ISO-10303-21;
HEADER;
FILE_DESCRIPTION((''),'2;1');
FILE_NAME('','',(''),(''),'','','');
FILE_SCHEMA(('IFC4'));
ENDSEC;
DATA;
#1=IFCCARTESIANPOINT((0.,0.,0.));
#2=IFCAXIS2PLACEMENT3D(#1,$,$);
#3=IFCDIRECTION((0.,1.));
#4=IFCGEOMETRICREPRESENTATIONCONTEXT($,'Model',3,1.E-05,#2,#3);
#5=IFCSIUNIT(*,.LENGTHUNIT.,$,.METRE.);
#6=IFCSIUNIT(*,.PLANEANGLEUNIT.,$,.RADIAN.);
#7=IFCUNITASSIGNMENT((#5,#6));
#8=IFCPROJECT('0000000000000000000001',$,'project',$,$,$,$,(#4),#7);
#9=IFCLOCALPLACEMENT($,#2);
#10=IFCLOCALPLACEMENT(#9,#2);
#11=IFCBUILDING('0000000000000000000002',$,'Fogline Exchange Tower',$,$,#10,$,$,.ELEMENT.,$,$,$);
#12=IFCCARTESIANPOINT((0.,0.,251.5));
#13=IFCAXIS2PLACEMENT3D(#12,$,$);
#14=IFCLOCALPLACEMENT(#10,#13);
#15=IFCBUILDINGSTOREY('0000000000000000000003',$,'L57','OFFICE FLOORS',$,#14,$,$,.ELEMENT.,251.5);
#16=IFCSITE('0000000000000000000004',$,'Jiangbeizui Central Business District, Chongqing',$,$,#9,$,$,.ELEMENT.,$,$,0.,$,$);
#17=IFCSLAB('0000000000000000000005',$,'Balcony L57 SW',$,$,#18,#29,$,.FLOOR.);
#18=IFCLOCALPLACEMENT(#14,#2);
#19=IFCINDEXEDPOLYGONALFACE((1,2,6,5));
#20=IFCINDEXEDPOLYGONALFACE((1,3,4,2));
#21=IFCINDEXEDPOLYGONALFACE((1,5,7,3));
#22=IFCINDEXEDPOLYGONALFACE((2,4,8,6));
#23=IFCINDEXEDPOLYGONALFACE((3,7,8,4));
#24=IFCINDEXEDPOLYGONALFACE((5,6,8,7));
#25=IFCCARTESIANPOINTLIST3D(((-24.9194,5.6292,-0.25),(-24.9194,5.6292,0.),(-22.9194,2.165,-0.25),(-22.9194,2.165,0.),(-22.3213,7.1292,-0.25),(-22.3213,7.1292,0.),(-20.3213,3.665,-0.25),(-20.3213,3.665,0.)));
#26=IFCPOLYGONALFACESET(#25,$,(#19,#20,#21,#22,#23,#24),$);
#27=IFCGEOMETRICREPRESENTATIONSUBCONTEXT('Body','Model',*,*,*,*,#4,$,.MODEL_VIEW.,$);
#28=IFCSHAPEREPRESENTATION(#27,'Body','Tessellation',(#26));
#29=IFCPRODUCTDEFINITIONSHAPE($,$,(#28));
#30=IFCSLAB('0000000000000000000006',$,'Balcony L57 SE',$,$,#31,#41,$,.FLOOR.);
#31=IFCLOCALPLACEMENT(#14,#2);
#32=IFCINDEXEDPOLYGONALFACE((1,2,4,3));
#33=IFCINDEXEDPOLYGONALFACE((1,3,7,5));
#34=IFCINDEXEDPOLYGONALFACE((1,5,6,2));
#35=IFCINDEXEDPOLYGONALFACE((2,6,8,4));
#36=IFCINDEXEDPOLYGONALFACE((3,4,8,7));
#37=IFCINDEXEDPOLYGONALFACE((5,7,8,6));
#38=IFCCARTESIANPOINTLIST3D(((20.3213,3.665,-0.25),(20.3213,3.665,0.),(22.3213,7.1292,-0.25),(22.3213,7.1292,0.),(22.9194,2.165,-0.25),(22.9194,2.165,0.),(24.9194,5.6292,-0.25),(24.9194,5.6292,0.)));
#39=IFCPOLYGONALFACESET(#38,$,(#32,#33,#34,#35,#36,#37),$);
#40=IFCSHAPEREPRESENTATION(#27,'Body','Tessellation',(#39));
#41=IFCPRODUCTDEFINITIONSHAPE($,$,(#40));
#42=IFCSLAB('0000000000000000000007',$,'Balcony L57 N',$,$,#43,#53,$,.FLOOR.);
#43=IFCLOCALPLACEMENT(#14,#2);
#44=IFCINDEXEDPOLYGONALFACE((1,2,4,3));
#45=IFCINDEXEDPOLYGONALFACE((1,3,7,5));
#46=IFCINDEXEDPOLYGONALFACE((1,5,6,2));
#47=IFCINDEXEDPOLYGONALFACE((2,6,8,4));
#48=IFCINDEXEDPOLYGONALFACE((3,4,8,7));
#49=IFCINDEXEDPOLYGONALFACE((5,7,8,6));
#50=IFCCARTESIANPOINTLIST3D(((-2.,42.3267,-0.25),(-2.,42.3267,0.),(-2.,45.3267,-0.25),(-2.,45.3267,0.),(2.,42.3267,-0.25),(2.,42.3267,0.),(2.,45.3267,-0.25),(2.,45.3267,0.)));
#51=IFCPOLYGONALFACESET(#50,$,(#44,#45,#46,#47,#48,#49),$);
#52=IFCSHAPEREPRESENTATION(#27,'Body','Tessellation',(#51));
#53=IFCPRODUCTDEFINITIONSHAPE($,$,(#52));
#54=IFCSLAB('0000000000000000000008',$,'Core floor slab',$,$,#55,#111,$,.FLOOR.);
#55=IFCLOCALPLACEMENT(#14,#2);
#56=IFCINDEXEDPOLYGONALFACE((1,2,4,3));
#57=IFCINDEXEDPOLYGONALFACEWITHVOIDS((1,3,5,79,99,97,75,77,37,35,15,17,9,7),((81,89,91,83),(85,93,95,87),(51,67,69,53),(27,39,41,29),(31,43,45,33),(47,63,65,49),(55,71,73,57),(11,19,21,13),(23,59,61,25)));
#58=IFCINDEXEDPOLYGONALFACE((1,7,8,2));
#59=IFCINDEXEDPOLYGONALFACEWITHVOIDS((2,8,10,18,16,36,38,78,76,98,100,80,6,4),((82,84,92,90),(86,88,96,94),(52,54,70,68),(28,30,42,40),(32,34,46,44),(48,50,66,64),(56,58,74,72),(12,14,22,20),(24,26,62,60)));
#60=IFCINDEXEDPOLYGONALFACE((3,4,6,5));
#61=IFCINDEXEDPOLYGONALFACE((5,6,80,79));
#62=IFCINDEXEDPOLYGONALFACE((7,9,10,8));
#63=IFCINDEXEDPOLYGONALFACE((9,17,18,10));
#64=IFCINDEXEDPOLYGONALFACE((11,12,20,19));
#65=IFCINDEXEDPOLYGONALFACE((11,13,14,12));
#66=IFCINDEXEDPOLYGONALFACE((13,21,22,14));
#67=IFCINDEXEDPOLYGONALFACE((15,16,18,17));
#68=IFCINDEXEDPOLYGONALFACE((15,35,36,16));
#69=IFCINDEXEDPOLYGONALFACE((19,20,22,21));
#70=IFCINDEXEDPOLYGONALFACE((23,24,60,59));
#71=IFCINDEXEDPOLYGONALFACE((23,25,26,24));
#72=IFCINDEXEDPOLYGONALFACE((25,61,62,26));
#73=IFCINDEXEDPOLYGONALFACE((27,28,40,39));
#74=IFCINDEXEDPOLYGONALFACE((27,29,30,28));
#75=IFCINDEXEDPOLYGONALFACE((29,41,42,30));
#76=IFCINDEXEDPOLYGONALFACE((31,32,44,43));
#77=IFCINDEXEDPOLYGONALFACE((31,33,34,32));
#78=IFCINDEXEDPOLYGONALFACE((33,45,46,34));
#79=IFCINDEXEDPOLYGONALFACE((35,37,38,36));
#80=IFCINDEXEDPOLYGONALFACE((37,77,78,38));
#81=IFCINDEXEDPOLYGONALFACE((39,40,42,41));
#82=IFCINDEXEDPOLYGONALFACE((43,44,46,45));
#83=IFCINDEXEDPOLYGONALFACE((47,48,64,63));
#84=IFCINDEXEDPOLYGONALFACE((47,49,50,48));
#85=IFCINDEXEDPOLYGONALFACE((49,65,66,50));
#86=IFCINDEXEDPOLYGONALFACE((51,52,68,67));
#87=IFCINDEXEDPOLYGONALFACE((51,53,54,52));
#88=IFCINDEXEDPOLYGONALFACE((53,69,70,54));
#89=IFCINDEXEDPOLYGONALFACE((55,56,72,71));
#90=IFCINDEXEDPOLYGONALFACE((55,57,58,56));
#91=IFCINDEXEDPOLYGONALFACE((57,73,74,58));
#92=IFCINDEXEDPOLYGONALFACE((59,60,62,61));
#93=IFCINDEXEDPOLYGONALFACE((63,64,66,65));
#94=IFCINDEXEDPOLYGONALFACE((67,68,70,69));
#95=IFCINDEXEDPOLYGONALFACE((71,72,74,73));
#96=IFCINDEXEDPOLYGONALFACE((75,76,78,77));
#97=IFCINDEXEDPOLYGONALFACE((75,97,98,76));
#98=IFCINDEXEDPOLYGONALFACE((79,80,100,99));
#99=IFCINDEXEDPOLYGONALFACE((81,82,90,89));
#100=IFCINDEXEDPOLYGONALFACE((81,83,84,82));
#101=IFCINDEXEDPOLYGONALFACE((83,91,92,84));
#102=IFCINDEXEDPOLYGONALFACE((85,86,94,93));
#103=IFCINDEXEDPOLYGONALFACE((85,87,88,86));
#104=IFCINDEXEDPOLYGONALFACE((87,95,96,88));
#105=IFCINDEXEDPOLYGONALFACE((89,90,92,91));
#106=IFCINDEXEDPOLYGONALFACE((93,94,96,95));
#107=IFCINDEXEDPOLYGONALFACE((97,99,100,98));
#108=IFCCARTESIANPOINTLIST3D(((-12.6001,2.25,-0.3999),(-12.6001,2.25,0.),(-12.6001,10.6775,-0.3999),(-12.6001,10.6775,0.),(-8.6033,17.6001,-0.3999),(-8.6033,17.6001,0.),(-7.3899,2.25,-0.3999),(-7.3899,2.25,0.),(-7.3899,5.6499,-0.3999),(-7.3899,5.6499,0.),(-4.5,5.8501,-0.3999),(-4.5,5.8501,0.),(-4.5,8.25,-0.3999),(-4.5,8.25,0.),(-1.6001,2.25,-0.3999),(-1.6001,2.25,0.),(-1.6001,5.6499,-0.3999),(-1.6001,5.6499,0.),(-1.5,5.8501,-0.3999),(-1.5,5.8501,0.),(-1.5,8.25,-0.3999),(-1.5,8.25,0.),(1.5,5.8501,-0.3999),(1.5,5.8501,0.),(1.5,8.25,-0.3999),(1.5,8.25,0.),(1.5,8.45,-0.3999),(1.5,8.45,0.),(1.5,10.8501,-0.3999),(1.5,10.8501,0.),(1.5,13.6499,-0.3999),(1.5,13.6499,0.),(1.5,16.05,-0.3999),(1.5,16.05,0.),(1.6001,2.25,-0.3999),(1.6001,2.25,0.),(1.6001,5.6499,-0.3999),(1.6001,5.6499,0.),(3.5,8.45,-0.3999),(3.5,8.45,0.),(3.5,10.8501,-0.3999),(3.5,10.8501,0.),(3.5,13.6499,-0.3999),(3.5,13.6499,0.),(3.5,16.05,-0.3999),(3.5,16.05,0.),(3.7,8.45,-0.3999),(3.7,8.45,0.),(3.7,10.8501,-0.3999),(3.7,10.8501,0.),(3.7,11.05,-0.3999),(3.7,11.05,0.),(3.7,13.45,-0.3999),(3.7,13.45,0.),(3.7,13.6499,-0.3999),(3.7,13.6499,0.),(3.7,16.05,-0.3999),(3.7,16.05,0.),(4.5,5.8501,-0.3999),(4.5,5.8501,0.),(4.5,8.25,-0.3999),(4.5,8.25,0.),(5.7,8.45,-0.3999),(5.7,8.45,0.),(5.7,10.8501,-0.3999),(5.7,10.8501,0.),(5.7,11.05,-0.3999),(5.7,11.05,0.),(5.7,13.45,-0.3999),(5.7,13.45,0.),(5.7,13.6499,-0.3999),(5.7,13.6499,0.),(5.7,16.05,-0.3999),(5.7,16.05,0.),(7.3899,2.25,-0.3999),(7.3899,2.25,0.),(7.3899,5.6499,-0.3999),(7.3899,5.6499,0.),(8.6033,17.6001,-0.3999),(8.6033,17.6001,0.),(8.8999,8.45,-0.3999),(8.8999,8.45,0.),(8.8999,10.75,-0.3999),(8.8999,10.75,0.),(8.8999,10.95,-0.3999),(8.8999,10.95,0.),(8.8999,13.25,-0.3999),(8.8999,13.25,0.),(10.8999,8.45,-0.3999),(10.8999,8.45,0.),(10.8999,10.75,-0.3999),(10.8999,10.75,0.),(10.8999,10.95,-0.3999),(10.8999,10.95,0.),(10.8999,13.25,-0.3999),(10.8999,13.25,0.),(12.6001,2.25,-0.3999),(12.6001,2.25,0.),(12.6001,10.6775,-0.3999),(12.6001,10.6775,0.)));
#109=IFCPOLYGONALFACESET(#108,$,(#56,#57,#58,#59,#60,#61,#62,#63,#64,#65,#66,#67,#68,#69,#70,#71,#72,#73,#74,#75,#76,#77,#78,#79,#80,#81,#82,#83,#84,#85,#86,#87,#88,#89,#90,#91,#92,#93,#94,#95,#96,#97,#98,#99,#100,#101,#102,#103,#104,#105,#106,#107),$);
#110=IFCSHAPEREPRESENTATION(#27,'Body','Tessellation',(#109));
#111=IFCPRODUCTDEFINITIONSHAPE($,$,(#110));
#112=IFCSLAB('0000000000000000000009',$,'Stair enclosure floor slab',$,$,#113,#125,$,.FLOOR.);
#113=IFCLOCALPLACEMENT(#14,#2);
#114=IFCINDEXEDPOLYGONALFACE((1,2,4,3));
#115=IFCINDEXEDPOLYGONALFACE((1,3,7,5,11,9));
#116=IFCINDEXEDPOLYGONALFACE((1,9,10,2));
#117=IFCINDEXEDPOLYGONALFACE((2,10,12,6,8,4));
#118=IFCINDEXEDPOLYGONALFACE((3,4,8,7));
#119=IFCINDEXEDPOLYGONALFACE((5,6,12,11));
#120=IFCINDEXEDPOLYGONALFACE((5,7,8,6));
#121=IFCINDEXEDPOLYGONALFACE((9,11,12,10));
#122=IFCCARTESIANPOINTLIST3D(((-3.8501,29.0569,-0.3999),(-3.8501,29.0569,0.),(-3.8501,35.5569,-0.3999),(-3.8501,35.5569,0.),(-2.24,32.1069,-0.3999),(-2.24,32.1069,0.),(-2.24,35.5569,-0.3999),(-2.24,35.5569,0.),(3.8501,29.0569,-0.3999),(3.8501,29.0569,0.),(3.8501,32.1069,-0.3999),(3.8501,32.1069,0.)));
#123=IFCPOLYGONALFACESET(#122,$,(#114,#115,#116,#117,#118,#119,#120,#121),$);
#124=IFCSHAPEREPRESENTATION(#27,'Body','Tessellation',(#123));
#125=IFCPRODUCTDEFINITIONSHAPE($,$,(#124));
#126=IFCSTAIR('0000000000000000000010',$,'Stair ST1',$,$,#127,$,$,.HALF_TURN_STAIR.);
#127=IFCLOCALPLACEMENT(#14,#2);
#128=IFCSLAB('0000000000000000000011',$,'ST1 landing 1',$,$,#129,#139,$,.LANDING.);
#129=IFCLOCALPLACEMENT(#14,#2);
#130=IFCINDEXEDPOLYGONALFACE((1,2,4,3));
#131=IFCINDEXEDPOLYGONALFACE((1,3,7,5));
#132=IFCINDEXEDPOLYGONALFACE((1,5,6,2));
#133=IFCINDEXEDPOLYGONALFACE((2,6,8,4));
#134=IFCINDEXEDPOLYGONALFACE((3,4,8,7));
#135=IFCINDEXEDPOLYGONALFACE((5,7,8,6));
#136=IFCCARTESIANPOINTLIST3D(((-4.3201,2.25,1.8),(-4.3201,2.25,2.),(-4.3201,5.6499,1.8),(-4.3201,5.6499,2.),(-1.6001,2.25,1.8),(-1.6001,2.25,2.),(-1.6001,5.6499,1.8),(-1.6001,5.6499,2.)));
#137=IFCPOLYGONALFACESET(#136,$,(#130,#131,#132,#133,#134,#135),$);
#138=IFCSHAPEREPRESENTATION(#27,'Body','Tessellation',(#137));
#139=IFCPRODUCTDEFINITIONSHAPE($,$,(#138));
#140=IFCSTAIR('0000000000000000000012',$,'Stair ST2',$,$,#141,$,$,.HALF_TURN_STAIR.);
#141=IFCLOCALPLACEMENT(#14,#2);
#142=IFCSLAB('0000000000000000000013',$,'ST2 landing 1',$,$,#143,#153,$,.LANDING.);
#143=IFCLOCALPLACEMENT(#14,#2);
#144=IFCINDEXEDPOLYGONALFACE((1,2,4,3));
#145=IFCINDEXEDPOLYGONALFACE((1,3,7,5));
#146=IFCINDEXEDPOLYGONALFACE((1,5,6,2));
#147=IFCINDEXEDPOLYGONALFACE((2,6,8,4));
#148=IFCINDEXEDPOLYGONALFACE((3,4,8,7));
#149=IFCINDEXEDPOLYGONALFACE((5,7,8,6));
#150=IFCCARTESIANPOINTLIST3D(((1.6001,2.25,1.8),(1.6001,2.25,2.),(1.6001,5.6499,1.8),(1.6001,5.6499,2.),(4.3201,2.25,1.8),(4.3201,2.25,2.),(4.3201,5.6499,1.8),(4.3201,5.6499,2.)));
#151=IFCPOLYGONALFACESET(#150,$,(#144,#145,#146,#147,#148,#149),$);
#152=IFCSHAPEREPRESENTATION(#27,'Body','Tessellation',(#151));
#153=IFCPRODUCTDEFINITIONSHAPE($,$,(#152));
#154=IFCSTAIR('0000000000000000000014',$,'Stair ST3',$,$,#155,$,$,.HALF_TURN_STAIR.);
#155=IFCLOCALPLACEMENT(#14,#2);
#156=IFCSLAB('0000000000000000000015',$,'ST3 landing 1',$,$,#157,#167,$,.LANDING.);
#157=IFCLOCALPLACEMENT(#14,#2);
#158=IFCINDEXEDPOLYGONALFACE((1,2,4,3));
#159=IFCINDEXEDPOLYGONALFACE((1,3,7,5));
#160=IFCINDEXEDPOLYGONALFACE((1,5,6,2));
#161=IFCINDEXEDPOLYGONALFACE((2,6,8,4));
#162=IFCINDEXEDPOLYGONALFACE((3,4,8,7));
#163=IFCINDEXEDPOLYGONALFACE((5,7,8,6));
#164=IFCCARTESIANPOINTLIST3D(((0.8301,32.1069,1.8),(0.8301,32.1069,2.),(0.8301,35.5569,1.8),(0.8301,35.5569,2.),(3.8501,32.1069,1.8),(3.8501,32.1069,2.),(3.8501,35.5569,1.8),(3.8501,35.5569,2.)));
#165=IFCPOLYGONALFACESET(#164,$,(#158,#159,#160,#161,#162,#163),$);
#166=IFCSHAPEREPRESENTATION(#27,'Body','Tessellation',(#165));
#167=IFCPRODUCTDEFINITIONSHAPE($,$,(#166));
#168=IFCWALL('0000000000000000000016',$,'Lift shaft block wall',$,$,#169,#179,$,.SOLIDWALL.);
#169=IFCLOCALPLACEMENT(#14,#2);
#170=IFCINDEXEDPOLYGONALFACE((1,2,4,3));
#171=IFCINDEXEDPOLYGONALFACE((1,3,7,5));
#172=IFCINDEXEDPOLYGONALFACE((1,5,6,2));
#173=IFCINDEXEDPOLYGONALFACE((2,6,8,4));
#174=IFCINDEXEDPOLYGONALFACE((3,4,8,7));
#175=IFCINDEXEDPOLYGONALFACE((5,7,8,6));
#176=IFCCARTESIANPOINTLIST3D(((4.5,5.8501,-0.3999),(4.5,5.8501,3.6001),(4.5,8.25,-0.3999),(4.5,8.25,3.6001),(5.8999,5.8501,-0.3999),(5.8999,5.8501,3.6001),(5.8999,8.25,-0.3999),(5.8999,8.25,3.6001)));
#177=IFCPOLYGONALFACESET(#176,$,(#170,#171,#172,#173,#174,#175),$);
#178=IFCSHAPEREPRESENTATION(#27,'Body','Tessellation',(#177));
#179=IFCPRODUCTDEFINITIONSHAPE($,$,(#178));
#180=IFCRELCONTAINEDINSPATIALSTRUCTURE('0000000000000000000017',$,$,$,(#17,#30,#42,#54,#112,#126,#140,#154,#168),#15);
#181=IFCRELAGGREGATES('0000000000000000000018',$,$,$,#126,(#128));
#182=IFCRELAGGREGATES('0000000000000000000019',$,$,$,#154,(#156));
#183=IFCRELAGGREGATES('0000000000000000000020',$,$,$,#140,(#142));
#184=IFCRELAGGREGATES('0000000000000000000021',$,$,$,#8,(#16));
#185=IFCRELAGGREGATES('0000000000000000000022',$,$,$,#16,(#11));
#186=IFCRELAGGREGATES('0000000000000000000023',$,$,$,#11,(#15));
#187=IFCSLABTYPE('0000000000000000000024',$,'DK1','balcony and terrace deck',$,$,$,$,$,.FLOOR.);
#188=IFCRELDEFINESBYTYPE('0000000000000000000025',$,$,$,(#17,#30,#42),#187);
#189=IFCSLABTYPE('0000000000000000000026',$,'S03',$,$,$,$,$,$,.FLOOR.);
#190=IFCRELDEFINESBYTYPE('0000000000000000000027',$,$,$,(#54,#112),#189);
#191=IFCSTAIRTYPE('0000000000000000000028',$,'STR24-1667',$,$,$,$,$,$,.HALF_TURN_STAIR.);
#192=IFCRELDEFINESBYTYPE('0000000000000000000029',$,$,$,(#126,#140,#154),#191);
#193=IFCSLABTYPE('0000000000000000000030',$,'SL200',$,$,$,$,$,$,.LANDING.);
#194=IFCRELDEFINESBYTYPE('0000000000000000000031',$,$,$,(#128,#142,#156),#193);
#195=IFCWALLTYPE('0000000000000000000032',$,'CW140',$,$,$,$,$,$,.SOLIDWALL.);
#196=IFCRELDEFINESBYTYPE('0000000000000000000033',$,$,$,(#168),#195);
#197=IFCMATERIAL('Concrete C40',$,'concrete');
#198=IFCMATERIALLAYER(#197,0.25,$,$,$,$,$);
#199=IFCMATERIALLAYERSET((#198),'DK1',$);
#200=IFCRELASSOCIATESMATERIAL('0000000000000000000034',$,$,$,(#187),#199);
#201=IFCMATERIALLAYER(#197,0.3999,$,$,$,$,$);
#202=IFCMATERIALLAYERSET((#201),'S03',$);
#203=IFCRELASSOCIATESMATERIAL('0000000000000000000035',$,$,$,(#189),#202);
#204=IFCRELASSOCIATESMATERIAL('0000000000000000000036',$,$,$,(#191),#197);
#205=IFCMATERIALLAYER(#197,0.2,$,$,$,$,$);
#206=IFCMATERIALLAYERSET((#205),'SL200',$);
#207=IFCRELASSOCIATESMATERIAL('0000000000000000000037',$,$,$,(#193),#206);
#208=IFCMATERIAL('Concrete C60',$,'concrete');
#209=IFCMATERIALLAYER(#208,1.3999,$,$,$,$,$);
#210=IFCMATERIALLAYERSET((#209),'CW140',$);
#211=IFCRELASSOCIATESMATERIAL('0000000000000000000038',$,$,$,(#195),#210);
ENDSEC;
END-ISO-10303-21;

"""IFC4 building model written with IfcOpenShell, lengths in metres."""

from ifc_helpers import new_model, si_unit, direction, frame, frame_2d, origin, place, context, subcontext, project, spatial, polyline, rectangle, outline, extrude, material, layer, layer_set, type_object, element, aggregate, save


model = new_model("IFC4")

# Units and contexts
model_context = context("Model", 3, precision=1e-05, world=origin(), true_north=direction((0.0, 1.0)))
body_context = subcontext(model_context, "Body", "Model", "MODEL_VIEW")
ifc_project = project(units=[si_unit("LENGTHUNIT", "METRE"), si_unit("PLANEANGLEUNIT", "RADIAN")], contexts=[model_context])

# Site, building, storey
site_placement = place(None, origin())
site = spatial("IfcSite", under=ifc_project, at=site_placement, Name="Jiangbeizui Central Business District, Chongqing", CompositionType="ELEMENT", RefElevation=0.0)
building_placement = place(site_placement, origin())
building = spatial("IfcBuilding", under=site, at=building_placement, Name="Fogline Exchange Tower", CompositionType="ELEMENT")
storey_placement = place(building_placement, frame((0.0, 0.0, 251.5)))
storey = spatial("IfcBuildingStorey", under=building, at=storey_placement, Name="L57", Description="OFFICE FLOORS", CompositionType="ELEMENT", Elevation=251.5)

# Slabs
ifc_material_1 = material(Name="Concrete C40", Category="concrete")
ifc_layer_1 = layer(ifc_material_1, 0.25)
ifc_layer_set_1 = layer_set([ifc_layer_1], Name="DK1")
slab_type_1 = type_object("IfcSlabType", Name="DK1", Description="balcony and terrace deck", PredefinedType="FLOOR", material=ifc_layer_set_1)
slab_1_placement = place(storey_placement, frame((0.0, 0.0, -0.25)))
element("IfcSlab", 1, at=slab_1_placement, inside=storey, type_object=slab_type_1, Name="Balcony L57 SW", PredefinedType="FLOOR", context=body_context, shape_type="SweptSolid", body=[
    extrude(outline(polyline([(-24.9194, 5.6292), (-22.9194, 2.165), (-20.3213, 3.665), (-22.3213, 7.1292), (-24.9194, 5.6292)])), origin(), (0.0, 0.0, 1.0), 0.25),
])
slab_2_placement = place(storey_placement, frame((0.0, 0.0, -0.25)))
element("IfcSlab", 2, at=slab_2_placement, inside=storey, type_object=slab_type_1, Name="Balcony L57 SE", PredefinedType="FLOOR", context=body_context, shape_type="SweptSolid", body=[
    extrude(outline(polyline([(22.9194, 2.165), (24.9194, 5.6292), (22.3213, 7.1292), (20.3213, 3.665), (22.9194, 2.165)])), origin(), (0.0, 0.0, 1.0), 0.25),
])
slab_3_placement = place(storey_placement, frame((0.0, 0.0, -0.25)))
element("IfcSlab", 3, at=slab_3_placement, inside=storey, type_object=slab_type_1, Name="Balcony L57 N", PredefinedType="FLOOR", context=body_context, shape_type="SweptSolid", body=[
    extrude(outline(polyline([(2.0, 45.3267), (-2.0, 45.3267), (-2.0, 42.3267), (2.0, 42.3267), (2.0, 45.3267)])), origin(), (0.0, 0.0, 1.0), 0.25),
])
ifc_layer_2 = layer(ifc_material_1, 0.3999)
ifc_layer_set_2 = layer_set([ifc_layer_2], Name="S03")
slab_type_2 = type_object("IfcSlabType", Name="S03", PredefinedType="FLOOR", material=ifc_layer_set_2)
slab_4_placement = place(storey_placement, frame((0.0, 0.0, -0.3999)))
element("IfcSlab", 4, at=slab_4_placement, inside=storey, type_object=slab_type_2, Name="Core floor slab", PredefinedType="FLOOR", context=body_context, shape_type="SweptSolid", body=[
    extrude(outline(polyline([(-12.6001, 2.25), (-12.6001, 10.6775), (-8.6033, 17.6001), (8.6033, 17.6001), (12.6001, 10.6775), (12.6001, 2.25), (7.3899, 2.25), (7.3899, 5.6499), (1.6001, 5.6499), (1.6001, 2.25), (-1.6001, 2.25), (-1.6001, 5.6499), (-7.3899, 5.6499), (-7.3899, 2.25), (-12.6001, 2.25)]), holes=[polyline([(-4.5, 8.25), (-4.5, 5.8501), (-1.5, 5.8501), (-1.5, 8.25), (-4.5, 8.25)]), polyline([(4.5, 8.25), (1.5, 8.25), (1.5, 5.8501), (4.5, 5.8501), (4.5, 8.25)]), polyline([(3.5, 10.8501), (1.5, 10.8501), (1.5, 8.45), (3.5, 8.45), (3.5, 10.8501)]), polyline([(1.5, 16.05), (1.5, 13.6499), (3.5, 13.6499), (3.5, 16.05), (1.5, 16.05)]), polyline([(10.8999, 10.75), (8.8999, 10.75), (8.8999, 8.45), (10.8999, 8.45), (10.8999, 10.75)]), polyline([(5.7, 10.8501), (3.7, 10.8501), (3.7, 8.45), (5.7, 8.45), (5.7, 10.8501)]), polyline([(8.8999, 13.25), (8.8999, 10.95), (10.8999, 10.95), (10.8999, 13.25), (8.8999, 13.25)]), polyline([(5.7, 13.45), (3.7, 13.45), (3.7, 11.05), (5.7, 11.05), (5.7, 13.45)]), polyline([(5.7, 16.05), (3.7, 16.05), (3.7, 13.6499), (5.7, 13.6499), (5.7, 16.05)])]), origin(), (0.0, 0.0, 1.0), 0.3999),
])
slab_5_placement = place(storey_placement, frame((0.0, 0.0, -0.3999)))
element("IfcSlab", 5, at=slab_5_placement, inside=storey, type_object=slab_type_2, Name="Stair enclosure floor slab", PredefinedType="FLOOR", context=body_context, shape_type="SweptSolid", body=[
    extrude(outline(polyline([(3.8501, 29.0569), (-3.8501, 29.0569), (-3.8501, 35.5569), (-2.24, 35.5569), (-2.24, 32.1069), (3.8501, 32.1069), (3.8501, 29.0569)])), origin(), (0.0, 0.0, 1.0), 0.3999),
])

# Stairs, slabs
stair_type = type_object("IfcStairType", Name="STR24-1667", PredefinedType="HALF_TURN_STAIR", material=ifc_material_1)
stair_1_placement = place(storey_placement, origin())
stair_1 = element("IfcStair", 6, at=stair_1_placement, inside=storey, type_object=stair_type, Name="Stair ST1", PredefinedType="HALF_TURN_STAIR")
ifc_layer_3 = layer(ifc_material_1, 0.2)
ifc_layer_set_3 = layer_set([ifc_layer_3], Name="SL200")
slab_type_3 = type_object("IfcSlabType", Name="SL200", PredefinedType="LANDING", material=ifc_layer_set_3)
slab_6_placement = place(storey_placement, frame((0.0, 0.0, 1.8)))
slab_6 = element("IfcSlab", 7, at=slab_6_placement, type_object=slab_type_3, Name="ST1 landing 1", PredefinedType="LANDING", context=body_context, shape_type="SweptSolid", body=[
    extrude(outline(polyline([(-4.3201, 2.25), (-1.6001, 2.25), (-1.6001, 5.6499), (-4.3201, 5.6499), (-4.3201, 2.25)])), origin(), (0.0, 0.0, 1.0), 0.2),
])
aggregate(stair_1, [slab_6])
stair_2_placement = place(storey_placement, origin())
stair_2 = element("IfcStair", 8, at=stair_2_placement, inside=storey, type_object=stair_type, Name="Stair ST2", PredefinedType="HALF_TURN_STAIR")
slab_7_placement = place(storey_placement, frame((0.0, 0.0, 1.8)))
slab_7 = element("IfcSlab", 9, at=slab_7_placement, type_object=slab_type_3, Name="ST2 landing 1", PredefinedType="LANDING", context=body_context, shape_type="SweptSolid", body=[
    extrude(outline(polyline([(1.6001, 2.25), (4.3201, 2.25), (4.3201, 5.6499), (1.6001, 5.6499), (1.6001, 2.25)])), origin(), (0.0, 0.0, 1.0), 0.2),
])
stair_3_placement = place(storey_placement, origin())
stair_3 = element("IfcStair", 10, at=stair_3_placement, inside=storey, type_object=stair_type, Name="Stair ST3", PredefinedType="HALF_TURN_STAIR")
slab_8_placement = place(storey_placement, frame((0.0, 0.0, 1.8)))
slab_8 = element("IfcSlab", 11, at=slab_8_placement, type_object=slab_type_3, Name="ST3 landing 1", PredefinedType="LANDING", context=body_context, shape_type="SweptSolid", body=[
    extrude(outline(polyline([(0.8301, 32.1069), (3.8501, 32.1069), (3.8501, 35.5569), (0.8301, 35.5569), (0.8301, 32.1069)])), origin(), (0.0, 0.0, 1.0), 0.2),
])
aggregate(stair_3, [slab_8])

# Wall
ifc_material_2 = material(Name="Concrete C60", Category="concrete")
ifc_layer_4 = layer(ifc_material_2, 1.3999)
ifc_layer_set_4 = layer_set([ifc_layer_4], Name="CW140")
wall_type_1 = type_object("IfcWallType", Name="CW140", PredefinedType="SOLIDWALL", material=ifc_layer_set_4)
wall_1_placement = place(storey_placement, frame((5.2, 5.8501, -0.3999), z_axis=(0.0, 0.0, 1.0), x_axis=(0.0, 1.0, 0.0)))
element("IfcWall", 12, at=wall_1_placement, inside=storey, type_object=wall_type_1, Name="Lift shaft block wall", PredefinedType="SOLIDWALL", context=body_context, shape_type="SweptSolid", body=[
    extrude(rectangle(XDim=2.3999, YDim=1.3999, at=frame_2d((1.2, 0.0))), origin(), (0.0, 0.0, 1.0), 4.0),
])

aggregate(stair_2, [slab_7])

save(model, "model.ifc")
